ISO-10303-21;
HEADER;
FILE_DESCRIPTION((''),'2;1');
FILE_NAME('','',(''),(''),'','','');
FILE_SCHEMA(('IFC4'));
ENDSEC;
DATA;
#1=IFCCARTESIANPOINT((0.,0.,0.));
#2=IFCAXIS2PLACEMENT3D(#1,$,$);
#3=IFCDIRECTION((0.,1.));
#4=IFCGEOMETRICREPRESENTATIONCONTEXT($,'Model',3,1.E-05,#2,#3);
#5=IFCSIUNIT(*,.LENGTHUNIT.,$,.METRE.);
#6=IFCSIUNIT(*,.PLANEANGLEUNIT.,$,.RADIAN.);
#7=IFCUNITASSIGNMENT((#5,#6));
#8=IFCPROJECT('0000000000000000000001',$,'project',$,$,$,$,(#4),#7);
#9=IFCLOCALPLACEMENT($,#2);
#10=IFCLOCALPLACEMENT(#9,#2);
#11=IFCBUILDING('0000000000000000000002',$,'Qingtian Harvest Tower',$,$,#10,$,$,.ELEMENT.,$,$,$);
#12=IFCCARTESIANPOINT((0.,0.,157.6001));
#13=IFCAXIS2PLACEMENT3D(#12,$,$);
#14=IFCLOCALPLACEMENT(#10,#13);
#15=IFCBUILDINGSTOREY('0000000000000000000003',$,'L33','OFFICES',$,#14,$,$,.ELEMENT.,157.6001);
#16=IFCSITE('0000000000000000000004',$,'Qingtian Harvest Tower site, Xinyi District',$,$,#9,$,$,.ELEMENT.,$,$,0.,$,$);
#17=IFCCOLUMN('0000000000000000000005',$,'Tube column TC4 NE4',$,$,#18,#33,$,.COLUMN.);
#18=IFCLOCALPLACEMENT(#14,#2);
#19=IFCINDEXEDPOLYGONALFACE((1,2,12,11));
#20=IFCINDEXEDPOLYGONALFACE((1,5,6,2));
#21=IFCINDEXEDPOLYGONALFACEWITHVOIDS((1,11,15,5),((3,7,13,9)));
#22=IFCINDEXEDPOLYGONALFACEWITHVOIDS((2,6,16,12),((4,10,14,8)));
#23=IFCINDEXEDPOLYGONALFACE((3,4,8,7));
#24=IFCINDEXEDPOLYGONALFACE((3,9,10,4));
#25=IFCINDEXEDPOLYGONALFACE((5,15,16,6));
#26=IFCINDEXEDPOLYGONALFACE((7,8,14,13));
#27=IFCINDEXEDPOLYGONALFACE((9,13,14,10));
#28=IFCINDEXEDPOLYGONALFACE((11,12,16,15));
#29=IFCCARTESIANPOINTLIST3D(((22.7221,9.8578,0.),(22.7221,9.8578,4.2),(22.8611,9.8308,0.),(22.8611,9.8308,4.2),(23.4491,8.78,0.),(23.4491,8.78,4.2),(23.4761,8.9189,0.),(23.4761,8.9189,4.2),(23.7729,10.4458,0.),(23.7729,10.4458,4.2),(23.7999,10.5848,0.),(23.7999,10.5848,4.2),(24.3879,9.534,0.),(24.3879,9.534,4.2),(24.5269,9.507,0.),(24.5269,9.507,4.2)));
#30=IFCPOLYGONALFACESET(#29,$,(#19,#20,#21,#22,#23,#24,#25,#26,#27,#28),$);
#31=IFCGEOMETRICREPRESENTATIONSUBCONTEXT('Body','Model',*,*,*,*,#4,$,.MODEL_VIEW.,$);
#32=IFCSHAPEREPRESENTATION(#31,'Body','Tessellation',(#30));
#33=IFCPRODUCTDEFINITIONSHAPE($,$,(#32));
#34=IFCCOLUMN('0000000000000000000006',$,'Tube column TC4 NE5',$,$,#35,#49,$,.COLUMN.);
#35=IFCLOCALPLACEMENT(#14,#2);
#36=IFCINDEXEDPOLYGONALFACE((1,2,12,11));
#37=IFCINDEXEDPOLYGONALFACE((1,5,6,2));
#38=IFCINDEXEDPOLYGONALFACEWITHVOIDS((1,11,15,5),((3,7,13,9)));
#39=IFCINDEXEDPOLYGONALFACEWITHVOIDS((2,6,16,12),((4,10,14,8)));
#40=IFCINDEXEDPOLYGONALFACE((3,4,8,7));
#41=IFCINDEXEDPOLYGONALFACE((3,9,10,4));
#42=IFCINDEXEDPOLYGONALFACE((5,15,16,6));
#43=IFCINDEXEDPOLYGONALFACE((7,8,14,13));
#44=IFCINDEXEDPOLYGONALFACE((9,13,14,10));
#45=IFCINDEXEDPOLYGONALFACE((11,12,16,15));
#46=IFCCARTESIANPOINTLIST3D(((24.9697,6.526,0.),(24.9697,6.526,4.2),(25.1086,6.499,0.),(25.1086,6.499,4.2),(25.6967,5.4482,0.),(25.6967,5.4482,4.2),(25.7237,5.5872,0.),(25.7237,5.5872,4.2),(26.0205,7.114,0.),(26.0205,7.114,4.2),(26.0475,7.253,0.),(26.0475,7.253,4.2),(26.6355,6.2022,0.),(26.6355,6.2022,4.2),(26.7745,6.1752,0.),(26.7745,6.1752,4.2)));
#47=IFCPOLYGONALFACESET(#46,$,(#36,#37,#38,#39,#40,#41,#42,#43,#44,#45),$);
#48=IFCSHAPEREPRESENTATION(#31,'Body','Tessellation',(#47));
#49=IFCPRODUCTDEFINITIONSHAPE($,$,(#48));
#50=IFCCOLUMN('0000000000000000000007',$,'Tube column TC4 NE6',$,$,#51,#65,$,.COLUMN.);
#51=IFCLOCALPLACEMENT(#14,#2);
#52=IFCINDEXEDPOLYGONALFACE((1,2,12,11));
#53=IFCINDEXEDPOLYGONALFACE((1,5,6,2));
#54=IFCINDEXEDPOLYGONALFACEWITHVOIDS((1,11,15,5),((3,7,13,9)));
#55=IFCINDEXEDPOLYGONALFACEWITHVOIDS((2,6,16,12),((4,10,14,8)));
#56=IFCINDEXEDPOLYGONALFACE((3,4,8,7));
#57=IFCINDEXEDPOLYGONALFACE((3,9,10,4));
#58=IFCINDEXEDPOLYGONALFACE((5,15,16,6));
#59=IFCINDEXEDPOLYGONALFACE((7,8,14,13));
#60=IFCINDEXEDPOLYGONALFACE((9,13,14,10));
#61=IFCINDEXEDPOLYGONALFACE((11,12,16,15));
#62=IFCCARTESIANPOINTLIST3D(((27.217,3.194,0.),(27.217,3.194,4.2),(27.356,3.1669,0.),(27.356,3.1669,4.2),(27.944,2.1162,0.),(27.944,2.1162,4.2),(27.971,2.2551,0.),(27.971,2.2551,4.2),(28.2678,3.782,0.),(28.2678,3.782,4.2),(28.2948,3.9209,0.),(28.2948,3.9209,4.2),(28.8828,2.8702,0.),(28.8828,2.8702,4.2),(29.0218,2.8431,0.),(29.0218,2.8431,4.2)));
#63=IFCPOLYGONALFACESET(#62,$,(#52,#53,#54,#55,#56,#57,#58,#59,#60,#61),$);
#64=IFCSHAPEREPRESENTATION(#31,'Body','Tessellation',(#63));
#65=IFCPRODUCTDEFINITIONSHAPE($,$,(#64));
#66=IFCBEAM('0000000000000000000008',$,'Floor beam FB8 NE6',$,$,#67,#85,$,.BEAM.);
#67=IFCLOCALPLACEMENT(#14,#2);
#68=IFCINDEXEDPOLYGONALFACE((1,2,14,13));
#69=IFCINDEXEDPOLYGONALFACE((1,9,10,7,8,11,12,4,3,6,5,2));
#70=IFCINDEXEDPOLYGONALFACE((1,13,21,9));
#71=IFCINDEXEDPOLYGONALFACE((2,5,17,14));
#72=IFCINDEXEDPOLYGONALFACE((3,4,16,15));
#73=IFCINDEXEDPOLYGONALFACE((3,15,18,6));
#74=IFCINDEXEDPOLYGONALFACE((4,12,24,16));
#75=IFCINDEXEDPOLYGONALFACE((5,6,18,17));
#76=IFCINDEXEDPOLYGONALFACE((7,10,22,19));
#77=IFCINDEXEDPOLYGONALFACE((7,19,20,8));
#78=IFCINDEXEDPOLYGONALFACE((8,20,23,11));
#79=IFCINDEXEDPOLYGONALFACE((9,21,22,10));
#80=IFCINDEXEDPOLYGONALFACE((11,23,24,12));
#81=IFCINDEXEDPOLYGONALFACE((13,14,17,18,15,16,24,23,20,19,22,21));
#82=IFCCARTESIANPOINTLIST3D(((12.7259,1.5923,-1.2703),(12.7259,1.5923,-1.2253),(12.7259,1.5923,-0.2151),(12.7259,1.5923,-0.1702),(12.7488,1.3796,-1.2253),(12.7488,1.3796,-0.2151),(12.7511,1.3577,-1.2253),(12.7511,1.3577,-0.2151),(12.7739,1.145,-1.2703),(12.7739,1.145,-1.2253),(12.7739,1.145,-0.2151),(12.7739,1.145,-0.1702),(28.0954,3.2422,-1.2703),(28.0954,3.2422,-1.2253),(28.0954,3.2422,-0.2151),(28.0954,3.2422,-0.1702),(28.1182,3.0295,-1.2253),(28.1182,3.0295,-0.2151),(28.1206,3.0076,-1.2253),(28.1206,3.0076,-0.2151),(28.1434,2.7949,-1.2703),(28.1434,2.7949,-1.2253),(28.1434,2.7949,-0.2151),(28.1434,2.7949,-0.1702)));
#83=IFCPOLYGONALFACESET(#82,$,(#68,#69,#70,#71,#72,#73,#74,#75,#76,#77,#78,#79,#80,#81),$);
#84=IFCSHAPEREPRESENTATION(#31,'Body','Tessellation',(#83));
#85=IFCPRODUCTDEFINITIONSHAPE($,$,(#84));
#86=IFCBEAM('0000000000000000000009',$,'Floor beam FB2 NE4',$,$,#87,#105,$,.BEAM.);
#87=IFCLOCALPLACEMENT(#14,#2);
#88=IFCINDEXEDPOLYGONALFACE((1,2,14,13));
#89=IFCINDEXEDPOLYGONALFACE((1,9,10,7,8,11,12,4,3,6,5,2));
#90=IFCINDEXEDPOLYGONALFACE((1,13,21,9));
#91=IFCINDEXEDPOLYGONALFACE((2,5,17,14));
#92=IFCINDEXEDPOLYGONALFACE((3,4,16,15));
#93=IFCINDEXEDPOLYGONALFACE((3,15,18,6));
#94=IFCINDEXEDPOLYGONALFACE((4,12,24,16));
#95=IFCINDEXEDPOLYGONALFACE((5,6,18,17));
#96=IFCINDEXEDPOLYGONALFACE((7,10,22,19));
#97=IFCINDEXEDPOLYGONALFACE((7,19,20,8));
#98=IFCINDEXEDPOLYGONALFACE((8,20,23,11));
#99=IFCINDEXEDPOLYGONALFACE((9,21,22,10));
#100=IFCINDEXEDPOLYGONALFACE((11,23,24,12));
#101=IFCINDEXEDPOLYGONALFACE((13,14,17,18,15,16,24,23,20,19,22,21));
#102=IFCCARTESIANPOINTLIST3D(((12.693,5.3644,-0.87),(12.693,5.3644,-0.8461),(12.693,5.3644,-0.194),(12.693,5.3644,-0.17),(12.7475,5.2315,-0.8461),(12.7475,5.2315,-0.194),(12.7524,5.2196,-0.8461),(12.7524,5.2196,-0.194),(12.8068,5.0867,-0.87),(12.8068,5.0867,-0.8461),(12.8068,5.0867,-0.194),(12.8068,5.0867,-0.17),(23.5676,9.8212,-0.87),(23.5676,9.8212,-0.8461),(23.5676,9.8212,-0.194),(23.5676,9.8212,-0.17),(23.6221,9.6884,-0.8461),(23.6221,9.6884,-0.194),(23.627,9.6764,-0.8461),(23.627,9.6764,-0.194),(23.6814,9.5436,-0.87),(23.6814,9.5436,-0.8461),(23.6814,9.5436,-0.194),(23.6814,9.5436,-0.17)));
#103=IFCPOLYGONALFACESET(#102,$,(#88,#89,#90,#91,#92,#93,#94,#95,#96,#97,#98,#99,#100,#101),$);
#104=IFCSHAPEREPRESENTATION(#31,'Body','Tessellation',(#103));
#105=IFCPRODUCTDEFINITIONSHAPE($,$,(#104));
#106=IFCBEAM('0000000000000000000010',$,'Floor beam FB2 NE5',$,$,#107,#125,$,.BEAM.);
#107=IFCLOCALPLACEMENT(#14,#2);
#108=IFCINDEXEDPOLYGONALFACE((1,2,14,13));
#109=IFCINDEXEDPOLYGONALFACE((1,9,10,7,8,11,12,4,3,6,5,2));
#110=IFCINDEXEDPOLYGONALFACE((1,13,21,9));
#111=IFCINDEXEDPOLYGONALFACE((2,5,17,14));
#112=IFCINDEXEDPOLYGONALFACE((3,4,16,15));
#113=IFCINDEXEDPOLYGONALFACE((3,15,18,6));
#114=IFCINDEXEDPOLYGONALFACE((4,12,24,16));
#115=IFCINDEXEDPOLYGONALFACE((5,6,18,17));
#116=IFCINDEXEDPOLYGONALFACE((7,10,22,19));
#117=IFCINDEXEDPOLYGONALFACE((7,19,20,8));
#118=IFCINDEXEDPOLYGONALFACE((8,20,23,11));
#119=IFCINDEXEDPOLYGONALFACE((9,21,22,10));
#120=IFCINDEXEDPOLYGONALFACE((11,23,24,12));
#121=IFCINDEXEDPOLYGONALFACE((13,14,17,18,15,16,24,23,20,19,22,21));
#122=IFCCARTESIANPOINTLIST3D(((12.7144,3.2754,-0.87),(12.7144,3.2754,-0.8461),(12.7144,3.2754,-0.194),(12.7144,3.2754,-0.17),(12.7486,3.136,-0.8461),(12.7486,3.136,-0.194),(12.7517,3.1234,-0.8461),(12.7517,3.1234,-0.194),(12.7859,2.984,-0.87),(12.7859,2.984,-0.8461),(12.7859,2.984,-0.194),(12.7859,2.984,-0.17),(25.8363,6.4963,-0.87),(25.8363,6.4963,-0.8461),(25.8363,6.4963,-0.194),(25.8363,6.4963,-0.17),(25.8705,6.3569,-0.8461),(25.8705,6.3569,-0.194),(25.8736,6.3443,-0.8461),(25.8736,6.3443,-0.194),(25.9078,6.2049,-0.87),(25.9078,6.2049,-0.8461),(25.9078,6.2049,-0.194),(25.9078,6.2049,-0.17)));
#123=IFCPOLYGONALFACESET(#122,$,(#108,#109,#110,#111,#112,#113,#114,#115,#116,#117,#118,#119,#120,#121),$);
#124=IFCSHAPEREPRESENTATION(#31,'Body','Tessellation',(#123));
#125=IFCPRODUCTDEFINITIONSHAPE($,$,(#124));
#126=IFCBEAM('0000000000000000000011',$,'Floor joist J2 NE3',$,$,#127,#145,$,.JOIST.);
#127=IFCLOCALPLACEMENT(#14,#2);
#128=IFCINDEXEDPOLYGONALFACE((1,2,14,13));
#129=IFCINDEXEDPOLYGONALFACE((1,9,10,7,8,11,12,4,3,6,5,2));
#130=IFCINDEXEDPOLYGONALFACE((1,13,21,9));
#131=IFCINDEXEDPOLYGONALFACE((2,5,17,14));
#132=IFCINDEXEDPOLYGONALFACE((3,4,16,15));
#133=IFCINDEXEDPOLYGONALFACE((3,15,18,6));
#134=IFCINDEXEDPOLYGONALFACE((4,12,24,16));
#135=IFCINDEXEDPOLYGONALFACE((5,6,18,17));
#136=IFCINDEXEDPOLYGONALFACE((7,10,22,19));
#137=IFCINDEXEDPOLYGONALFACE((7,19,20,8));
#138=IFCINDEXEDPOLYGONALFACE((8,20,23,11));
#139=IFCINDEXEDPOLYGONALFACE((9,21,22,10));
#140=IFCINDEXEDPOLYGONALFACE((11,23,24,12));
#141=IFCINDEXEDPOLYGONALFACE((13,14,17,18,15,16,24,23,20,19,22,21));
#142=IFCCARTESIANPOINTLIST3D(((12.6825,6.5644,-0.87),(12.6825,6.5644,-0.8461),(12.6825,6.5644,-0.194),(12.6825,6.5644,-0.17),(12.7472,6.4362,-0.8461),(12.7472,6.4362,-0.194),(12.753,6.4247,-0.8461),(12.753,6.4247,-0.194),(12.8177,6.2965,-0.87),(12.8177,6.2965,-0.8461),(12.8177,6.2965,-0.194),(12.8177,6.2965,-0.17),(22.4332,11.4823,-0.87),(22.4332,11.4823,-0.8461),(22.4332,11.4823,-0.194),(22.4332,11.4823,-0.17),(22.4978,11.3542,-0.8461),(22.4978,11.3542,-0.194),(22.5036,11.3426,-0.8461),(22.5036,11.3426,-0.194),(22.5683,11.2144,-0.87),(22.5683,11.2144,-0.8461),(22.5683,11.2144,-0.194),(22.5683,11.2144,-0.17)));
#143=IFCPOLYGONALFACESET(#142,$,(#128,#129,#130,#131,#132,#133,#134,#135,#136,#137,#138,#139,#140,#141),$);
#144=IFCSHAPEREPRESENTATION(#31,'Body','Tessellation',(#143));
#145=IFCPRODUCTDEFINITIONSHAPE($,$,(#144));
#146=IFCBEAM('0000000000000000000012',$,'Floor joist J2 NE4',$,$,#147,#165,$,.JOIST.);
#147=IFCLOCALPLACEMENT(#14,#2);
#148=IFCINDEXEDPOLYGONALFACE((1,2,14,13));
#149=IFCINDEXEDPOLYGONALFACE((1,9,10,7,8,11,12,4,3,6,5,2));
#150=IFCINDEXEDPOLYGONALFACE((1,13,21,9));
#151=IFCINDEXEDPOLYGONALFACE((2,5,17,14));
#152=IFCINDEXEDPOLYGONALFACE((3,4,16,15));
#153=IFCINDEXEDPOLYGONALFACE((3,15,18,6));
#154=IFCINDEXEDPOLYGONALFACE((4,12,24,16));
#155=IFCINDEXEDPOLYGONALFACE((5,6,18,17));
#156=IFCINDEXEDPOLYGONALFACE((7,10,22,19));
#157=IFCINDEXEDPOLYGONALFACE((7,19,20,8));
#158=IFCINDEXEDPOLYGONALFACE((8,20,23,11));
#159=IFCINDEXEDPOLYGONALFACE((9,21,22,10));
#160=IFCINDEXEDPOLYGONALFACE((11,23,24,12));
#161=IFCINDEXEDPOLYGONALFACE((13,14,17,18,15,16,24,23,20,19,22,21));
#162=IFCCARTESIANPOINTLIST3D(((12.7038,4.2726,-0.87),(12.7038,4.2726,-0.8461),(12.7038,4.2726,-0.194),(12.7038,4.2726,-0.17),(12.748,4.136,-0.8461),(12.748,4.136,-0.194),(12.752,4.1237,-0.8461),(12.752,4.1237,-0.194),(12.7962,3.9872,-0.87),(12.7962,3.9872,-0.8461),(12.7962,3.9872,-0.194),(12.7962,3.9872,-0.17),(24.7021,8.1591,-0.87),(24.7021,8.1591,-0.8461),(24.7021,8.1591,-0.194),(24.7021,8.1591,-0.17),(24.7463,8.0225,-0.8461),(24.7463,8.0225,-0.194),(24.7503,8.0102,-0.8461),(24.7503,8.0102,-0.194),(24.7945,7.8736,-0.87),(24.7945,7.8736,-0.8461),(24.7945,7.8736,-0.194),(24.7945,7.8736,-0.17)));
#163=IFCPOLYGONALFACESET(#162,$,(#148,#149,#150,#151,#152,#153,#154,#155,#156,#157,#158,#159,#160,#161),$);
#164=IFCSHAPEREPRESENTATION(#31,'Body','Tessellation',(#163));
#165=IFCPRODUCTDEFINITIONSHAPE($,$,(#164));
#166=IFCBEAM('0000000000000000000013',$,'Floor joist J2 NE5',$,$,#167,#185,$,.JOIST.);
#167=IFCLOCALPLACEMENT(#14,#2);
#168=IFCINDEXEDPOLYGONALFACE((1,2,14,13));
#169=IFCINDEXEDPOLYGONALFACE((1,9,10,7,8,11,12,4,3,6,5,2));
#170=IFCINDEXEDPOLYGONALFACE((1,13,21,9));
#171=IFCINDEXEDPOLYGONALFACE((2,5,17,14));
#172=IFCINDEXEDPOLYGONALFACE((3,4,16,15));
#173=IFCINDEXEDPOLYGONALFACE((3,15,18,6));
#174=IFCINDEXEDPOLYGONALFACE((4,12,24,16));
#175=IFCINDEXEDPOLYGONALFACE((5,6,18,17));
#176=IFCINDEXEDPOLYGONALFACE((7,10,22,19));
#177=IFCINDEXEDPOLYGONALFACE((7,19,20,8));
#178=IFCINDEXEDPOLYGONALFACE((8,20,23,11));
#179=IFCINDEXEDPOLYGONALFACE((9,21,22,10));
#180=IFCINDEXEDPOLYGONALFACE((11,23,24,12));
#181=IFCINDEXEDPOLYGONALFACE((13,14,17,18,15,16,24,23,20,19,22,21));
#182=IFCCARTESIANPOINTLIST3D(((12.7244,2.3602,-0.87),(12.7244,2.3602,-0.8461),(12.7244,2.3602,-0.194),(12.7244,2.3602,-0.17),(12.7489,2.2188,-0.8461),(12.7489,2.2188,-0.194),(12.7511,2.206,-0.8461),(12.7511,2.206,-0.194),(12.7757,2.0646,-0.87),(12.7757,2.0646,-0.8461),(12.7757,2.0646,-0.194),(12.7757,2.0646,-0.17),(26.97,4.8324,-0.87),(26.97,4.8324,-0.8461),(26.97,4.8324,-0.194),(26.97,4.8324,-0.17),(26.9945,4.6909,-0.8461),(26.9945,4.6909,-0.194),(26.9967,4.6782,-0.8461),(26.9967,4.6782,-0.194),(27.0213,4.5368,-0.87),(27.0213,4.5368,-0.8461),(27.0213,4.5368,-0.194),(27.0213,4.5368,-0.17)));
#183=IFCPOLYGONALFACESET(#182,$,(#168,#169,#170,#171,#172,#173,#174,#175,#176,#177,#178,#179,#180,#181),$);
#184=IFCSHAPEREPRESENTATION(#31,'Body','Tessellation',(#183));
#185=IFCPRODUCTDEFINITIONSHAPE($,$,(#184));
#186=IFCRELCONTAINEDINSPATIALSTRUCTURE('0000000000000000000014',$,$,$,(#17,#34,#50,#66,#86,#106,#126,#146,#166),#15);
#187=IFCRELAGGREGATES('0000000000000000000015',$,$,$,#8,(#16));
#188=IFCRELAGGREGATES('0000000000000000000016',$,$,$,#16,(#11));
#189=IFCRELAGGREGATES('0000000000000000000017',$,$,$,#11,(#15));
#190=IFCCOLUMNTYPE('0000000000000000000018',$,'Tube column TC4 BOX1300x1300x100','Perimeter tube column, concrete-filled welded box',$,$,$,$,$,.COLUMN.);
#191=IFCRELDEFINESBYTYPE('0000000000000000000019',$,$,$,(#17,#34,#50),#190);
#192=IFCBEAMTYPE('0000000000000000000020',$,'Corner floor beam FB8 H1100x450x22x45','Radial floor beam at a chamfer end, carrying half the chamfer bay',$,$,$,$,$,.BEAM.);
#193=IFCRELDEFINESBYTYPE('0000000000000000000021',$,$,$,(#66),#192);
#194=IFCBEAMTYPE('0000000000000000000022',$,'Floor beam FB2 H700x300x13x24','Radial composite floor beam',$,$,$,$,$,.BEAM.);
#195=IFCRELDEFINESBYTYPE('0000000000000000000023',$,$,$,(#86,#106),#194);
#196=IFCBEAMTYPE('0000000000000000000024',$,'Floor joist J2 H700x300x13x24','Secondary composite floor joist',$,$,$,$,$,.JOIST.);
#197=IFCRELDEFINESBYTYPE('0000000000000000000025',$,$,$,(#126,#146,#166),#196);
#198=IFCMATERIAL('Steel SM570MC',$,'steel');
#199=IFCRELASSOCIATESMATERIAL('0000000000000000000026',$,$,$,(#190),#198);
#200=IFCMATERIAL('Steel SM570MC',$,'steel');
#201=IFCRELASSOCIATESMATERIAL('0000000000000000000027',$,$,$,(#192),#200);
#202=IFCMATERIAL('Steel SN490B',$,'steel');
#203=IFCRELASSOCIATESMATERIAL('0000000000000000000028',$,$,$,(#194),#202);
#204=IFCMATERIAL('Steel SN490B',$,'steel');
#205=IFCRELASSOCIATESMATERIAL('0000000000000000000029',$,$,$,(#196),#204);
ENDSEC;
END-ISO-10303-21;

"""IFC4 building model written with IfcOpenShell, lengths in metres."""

from ifc_helpers import new_model, si_unit, direction, frame, origin, origin_2d, place, context, subcontext, project, spatial, hollow_rectangle, i_section, extrude, material, material_profile, profile_set, type_object, element, save


model = new_model("IFC4")

# Units and contexts
model_context = context("Model", 3, precision=1e-05, world=origin(), true_north=direction((0.0, 1.0)))
body_context = subcontext(model_context, "Body", "Model", "MODEL_VIEW")
ifc_project = project(units=[si_unit("LENGTHUNIT", "METRE"), si_unit("PLANEANGLEUNIT", "RADIAN")], contexts=[model_context])

# Site, building, storey
site_placement = place(None, origin())
site = spatial("IfcSite", under=ifc_project, at=site_placement, Name="Qingtian Harvest Tower site, Xinyi District", CompositionType="ELEMENT", RefElevation=0.0)
building_placement = place(site_placement, origin())
building = spatial("IfcBuilding", under=site, at=building_placement, Name="Qingtian Harvest Tower", CompositionType="ELEMENT")
storey_placement = place(building_placement, frame((0.0, 0.0, 157.6001)))
storey = spatial("IfcBuildingStorey", under=building, at=storey_placement, Name="L33", Description="OFFICES", CompositionType="ELEMENT", Elevation=157.6001)

# Columns
ifc_material_1 = material(Name="Steel SM570MC", Category="steel")
ifc_material_profile_1 = material_profile(ifc_material_1, hollow_rectangle(XDim=1.3, YDim=1.3, WallThickness=0.1001, at=origin_2d()), Name="BOX1300x1300x100")
ifc_profile_set_1 = profile_set([ifc_material_profile_1], Name="Steel SM570MC")
column_type = type_object("IfcColumnType", Name="Tube column TC4 BOX1300x1300x100", Description="Perimeter tube column, concrete-filled welded box", PredefinedType="COLUMN", material=ifc_profile_set_1)
for number, where, z_axis, x_axis, name in (
    (1, (23.6245, 9.6824, 0.0), (0.0, 0.0, 1.0), (-0.559193, 0.829038, 0.0), "Tube column TC4 NE4"),
    (2, (25.8721, 6.3506, 0.0), (0.0, 0.0, 1.0), (-0.559193, 0.829038, 0.0), "Tube column TC4 NE5"),
    (3, (28.1194, 3.0186, 0.0), (0.0, 0.0, 1.0), (-0.559193, 0.829038, 0.0), "Tube column TC4 NE6"),
):
    element("IfcColumn", number, at=place(storey_placement, frame(where, z_axis=z_axis, x_axis=x_axis)), inside=storey, type_object=column_type, Name=name, PredefinedType="COLUMN", context=body_context, shape_type="SweptSolid", body=[
        extrude(hollow_rectangle(XDim=1.3, YDim=1.3, WallThickness=0.1001, at=origin_2d()), origin(), (0.0, 0.0, 1.0), 4.2),
    ])

# Beams
ifc_material_2 = material(Name="Steel SM570MC", Category="steel")
ifc_material_profile_2 = material_profile(ifc_material_2, i_section(OverallWidth=0.45, OverallDepth=1.1001, WebThickness=0.022, FlangeThickness=0.0449, at=origin_2d()), Name="H1100x450x22x45")
ifc_profile_set_2 = profile_set([ifc_material_profile_2], Name="Steel SM570MC")
beam_type_1 = type_object("IfcBeamType", Name="Corner floor beam FB8 H1100x450x22x45", Description="Radial floor beam at a chamfer end, carrying half the chamfer bay", PredefinedType="BEAM", material=ifc_profile_set_2)
beam_1_placement = place(storey_placement, frame((28.1194, 3.0186, -0.7202), z_axis=(-0.994287, -0.106737, 0.0), x_axis=(0.106737, -0.994287, 0.0)))
element("IfcBeam", 4, at=beam_1_placement, inside=storey, type_object=beam_type_1, Name="Floor beam FB8 NE6", PredefinedType="BEAM", context=body_context, shape_type="SweptSolid", body=[
    extrude(i_section(OverallWidth=0.45, OverallDepth=1.1001, WebThickness=0.022, FlangeThickness=0.0449, at=origin_2d()), origin(), (0.0, 0.0, 1.0), 15.4578),
])
ifc_material_3 = material(Name="Steel SN490B", Category="steel")
ifc_material_profile_3 = material_profile(ifc_material_3, i_section(OverallWidth=0.3, OverallDepth=0.7, WebThickness=0.0129, FlangeThickness=0.0239, at=origin_2d()), Name="H700x300x13x24")
ifc_profile_set_3 = profile_set([ifc_material_profile_3], Name="Steel SN490B")
beam_type_2 = type_object("IfcBeamType", Name="Floor beam FB2 H700x300x13x24", Description="Radial composite floor beam", PredefinedType="BEAM", material=ifc_profile_set_3)
beam_2_placement = place(storey_placement, frame((23.6245, 9.6824, -0.52), z_axis=(-0.925305, -0.379225, 0.0), x_axis=(0.379225, -0.925305, 0.0)))
element("IfcBeam", 5, at=beam_2_placement, inside=storey, type_object=beam_type_2, Name="Floor beam FB2 NE4", PredefinedType="BEAM", context=body_context, shape_type="SweptSolid", body=[
    extrude(i_section(OverallWidth=0.3, OverallDepth=0.7, WebThickness=0.0129, FlangeThickness=0.0239, at=origin_2d()), origin(), (0.0, 0.0, 1.0), 11.7524),
])
beam_3_placement = place(storey_placement, frame((25.8721, 6.3506, -0.52), z_axis=(-0.971171, -0.238384, 0.0), x_axis=(0.238384, -0.971171, 0.0)))
element("IfcBeam", 6, at=beam_3_placement, inside=storey, type_object=beam_type_2, Name="Floor beam FB2 NE5", PredefinedType="BEAM", context=body_context, shape_type="SweptSolid", body=[
    extrude(i_section(OverallWidth=0.3, OverallDepth=0.7, WebThickness=0.0129, FlangeThickness=0.0239, at=origin_2d()), origin(), (0.0, 0.0, 1.0), 13.5115),
])
ifc_material_4 = material(Name="Steel SN490B", Category="steel")
ifc_material_profile_4 = material_profile(ifc_material_4, i_section(OverallWidth=0.3, OverallDepth=0.7, WebThickness=0.0129, FlangeThickness=0.0239, at=origin_2d()), Name="H700x300x13x24")
ifc_profile_set_4 = profile_set([ifc_material_profile_4], Name="Steel SN490B")
beam_type_3 = type_object("IfcBeamType", Name="Floor joist J2 H700x300x13x24", Description="Secondary composite floor joist", PredefinedType="JOIST", material=ifc_profile_set_4)
beam_4_placement = place(storey_placement, frame((22.5007, 11.3484, -0.52), z_axis=(-0.892861, -0.450332, 0.0), x_axis=(0.450332, -0.892861, 0.0)))
element("IfcBeam", 7, at=beam_4_placement, inside=storey, type_object=beam_type_3, Name="Floor joist J2 NE3", PredefinedType="JOIST", context=body_context, shape_type="SweptSolid", body=[
    extrude(i_section(OverallWidth=0.3, OverallDepth=0.7, WebThickness=0.0129, FlangeThickness=0.0239, at=origin_2d()), origin(), (0.0, 0.0, 1.0), 10.9207),
])
beam_5_placement = place(storey_placement, frame((24.7483, 8.0164, -0.52), z_axis=(-0.951336, -0.308156, 0.0), x_axis=(0.308156, -0.951336, 0.0)))
element("IfcBeam", 8, at=beam_5_placement, inside=storey, type_object=beam_type_3, Name="Floor joist J2 NE4", PredefinedType="JOIST", context=body_context, shape_type="SweptSolid", body=[
    extrude(i_section(OverallWidth=0.3, OverallDepth=0.7, WebThickness=0.0129, FlangeThickness=0.0239, at=origin_2d()), origin(), (0.0, 0.0, 1.0), 12.6121),
])
beam_6_placement = place(storey_placement, frame((26.9956, 4.6846, -0.52), z_axis=(-0.985274, -0.170983, 0.0), x_axis=(0.170983, -0.985274, 0.0)))
element("IfcBeam", 9, at=beam_6_placement, inside=storey, type_object=beam_type_3, Name="Floor joist J2 NE5", PredefinedType="JOIST", context=body_context, shape_type="SweptSolid", body=[
    extrude(i_section(OverallWidth=0.3, OverallDepth=0.7, WebThickness=0.0129, FlangeThickness=0.0239, at=origin_2d()), origin(), (0.0, 0.0, 1.0), 14.4585),
])

save(model, "model.ifc")
